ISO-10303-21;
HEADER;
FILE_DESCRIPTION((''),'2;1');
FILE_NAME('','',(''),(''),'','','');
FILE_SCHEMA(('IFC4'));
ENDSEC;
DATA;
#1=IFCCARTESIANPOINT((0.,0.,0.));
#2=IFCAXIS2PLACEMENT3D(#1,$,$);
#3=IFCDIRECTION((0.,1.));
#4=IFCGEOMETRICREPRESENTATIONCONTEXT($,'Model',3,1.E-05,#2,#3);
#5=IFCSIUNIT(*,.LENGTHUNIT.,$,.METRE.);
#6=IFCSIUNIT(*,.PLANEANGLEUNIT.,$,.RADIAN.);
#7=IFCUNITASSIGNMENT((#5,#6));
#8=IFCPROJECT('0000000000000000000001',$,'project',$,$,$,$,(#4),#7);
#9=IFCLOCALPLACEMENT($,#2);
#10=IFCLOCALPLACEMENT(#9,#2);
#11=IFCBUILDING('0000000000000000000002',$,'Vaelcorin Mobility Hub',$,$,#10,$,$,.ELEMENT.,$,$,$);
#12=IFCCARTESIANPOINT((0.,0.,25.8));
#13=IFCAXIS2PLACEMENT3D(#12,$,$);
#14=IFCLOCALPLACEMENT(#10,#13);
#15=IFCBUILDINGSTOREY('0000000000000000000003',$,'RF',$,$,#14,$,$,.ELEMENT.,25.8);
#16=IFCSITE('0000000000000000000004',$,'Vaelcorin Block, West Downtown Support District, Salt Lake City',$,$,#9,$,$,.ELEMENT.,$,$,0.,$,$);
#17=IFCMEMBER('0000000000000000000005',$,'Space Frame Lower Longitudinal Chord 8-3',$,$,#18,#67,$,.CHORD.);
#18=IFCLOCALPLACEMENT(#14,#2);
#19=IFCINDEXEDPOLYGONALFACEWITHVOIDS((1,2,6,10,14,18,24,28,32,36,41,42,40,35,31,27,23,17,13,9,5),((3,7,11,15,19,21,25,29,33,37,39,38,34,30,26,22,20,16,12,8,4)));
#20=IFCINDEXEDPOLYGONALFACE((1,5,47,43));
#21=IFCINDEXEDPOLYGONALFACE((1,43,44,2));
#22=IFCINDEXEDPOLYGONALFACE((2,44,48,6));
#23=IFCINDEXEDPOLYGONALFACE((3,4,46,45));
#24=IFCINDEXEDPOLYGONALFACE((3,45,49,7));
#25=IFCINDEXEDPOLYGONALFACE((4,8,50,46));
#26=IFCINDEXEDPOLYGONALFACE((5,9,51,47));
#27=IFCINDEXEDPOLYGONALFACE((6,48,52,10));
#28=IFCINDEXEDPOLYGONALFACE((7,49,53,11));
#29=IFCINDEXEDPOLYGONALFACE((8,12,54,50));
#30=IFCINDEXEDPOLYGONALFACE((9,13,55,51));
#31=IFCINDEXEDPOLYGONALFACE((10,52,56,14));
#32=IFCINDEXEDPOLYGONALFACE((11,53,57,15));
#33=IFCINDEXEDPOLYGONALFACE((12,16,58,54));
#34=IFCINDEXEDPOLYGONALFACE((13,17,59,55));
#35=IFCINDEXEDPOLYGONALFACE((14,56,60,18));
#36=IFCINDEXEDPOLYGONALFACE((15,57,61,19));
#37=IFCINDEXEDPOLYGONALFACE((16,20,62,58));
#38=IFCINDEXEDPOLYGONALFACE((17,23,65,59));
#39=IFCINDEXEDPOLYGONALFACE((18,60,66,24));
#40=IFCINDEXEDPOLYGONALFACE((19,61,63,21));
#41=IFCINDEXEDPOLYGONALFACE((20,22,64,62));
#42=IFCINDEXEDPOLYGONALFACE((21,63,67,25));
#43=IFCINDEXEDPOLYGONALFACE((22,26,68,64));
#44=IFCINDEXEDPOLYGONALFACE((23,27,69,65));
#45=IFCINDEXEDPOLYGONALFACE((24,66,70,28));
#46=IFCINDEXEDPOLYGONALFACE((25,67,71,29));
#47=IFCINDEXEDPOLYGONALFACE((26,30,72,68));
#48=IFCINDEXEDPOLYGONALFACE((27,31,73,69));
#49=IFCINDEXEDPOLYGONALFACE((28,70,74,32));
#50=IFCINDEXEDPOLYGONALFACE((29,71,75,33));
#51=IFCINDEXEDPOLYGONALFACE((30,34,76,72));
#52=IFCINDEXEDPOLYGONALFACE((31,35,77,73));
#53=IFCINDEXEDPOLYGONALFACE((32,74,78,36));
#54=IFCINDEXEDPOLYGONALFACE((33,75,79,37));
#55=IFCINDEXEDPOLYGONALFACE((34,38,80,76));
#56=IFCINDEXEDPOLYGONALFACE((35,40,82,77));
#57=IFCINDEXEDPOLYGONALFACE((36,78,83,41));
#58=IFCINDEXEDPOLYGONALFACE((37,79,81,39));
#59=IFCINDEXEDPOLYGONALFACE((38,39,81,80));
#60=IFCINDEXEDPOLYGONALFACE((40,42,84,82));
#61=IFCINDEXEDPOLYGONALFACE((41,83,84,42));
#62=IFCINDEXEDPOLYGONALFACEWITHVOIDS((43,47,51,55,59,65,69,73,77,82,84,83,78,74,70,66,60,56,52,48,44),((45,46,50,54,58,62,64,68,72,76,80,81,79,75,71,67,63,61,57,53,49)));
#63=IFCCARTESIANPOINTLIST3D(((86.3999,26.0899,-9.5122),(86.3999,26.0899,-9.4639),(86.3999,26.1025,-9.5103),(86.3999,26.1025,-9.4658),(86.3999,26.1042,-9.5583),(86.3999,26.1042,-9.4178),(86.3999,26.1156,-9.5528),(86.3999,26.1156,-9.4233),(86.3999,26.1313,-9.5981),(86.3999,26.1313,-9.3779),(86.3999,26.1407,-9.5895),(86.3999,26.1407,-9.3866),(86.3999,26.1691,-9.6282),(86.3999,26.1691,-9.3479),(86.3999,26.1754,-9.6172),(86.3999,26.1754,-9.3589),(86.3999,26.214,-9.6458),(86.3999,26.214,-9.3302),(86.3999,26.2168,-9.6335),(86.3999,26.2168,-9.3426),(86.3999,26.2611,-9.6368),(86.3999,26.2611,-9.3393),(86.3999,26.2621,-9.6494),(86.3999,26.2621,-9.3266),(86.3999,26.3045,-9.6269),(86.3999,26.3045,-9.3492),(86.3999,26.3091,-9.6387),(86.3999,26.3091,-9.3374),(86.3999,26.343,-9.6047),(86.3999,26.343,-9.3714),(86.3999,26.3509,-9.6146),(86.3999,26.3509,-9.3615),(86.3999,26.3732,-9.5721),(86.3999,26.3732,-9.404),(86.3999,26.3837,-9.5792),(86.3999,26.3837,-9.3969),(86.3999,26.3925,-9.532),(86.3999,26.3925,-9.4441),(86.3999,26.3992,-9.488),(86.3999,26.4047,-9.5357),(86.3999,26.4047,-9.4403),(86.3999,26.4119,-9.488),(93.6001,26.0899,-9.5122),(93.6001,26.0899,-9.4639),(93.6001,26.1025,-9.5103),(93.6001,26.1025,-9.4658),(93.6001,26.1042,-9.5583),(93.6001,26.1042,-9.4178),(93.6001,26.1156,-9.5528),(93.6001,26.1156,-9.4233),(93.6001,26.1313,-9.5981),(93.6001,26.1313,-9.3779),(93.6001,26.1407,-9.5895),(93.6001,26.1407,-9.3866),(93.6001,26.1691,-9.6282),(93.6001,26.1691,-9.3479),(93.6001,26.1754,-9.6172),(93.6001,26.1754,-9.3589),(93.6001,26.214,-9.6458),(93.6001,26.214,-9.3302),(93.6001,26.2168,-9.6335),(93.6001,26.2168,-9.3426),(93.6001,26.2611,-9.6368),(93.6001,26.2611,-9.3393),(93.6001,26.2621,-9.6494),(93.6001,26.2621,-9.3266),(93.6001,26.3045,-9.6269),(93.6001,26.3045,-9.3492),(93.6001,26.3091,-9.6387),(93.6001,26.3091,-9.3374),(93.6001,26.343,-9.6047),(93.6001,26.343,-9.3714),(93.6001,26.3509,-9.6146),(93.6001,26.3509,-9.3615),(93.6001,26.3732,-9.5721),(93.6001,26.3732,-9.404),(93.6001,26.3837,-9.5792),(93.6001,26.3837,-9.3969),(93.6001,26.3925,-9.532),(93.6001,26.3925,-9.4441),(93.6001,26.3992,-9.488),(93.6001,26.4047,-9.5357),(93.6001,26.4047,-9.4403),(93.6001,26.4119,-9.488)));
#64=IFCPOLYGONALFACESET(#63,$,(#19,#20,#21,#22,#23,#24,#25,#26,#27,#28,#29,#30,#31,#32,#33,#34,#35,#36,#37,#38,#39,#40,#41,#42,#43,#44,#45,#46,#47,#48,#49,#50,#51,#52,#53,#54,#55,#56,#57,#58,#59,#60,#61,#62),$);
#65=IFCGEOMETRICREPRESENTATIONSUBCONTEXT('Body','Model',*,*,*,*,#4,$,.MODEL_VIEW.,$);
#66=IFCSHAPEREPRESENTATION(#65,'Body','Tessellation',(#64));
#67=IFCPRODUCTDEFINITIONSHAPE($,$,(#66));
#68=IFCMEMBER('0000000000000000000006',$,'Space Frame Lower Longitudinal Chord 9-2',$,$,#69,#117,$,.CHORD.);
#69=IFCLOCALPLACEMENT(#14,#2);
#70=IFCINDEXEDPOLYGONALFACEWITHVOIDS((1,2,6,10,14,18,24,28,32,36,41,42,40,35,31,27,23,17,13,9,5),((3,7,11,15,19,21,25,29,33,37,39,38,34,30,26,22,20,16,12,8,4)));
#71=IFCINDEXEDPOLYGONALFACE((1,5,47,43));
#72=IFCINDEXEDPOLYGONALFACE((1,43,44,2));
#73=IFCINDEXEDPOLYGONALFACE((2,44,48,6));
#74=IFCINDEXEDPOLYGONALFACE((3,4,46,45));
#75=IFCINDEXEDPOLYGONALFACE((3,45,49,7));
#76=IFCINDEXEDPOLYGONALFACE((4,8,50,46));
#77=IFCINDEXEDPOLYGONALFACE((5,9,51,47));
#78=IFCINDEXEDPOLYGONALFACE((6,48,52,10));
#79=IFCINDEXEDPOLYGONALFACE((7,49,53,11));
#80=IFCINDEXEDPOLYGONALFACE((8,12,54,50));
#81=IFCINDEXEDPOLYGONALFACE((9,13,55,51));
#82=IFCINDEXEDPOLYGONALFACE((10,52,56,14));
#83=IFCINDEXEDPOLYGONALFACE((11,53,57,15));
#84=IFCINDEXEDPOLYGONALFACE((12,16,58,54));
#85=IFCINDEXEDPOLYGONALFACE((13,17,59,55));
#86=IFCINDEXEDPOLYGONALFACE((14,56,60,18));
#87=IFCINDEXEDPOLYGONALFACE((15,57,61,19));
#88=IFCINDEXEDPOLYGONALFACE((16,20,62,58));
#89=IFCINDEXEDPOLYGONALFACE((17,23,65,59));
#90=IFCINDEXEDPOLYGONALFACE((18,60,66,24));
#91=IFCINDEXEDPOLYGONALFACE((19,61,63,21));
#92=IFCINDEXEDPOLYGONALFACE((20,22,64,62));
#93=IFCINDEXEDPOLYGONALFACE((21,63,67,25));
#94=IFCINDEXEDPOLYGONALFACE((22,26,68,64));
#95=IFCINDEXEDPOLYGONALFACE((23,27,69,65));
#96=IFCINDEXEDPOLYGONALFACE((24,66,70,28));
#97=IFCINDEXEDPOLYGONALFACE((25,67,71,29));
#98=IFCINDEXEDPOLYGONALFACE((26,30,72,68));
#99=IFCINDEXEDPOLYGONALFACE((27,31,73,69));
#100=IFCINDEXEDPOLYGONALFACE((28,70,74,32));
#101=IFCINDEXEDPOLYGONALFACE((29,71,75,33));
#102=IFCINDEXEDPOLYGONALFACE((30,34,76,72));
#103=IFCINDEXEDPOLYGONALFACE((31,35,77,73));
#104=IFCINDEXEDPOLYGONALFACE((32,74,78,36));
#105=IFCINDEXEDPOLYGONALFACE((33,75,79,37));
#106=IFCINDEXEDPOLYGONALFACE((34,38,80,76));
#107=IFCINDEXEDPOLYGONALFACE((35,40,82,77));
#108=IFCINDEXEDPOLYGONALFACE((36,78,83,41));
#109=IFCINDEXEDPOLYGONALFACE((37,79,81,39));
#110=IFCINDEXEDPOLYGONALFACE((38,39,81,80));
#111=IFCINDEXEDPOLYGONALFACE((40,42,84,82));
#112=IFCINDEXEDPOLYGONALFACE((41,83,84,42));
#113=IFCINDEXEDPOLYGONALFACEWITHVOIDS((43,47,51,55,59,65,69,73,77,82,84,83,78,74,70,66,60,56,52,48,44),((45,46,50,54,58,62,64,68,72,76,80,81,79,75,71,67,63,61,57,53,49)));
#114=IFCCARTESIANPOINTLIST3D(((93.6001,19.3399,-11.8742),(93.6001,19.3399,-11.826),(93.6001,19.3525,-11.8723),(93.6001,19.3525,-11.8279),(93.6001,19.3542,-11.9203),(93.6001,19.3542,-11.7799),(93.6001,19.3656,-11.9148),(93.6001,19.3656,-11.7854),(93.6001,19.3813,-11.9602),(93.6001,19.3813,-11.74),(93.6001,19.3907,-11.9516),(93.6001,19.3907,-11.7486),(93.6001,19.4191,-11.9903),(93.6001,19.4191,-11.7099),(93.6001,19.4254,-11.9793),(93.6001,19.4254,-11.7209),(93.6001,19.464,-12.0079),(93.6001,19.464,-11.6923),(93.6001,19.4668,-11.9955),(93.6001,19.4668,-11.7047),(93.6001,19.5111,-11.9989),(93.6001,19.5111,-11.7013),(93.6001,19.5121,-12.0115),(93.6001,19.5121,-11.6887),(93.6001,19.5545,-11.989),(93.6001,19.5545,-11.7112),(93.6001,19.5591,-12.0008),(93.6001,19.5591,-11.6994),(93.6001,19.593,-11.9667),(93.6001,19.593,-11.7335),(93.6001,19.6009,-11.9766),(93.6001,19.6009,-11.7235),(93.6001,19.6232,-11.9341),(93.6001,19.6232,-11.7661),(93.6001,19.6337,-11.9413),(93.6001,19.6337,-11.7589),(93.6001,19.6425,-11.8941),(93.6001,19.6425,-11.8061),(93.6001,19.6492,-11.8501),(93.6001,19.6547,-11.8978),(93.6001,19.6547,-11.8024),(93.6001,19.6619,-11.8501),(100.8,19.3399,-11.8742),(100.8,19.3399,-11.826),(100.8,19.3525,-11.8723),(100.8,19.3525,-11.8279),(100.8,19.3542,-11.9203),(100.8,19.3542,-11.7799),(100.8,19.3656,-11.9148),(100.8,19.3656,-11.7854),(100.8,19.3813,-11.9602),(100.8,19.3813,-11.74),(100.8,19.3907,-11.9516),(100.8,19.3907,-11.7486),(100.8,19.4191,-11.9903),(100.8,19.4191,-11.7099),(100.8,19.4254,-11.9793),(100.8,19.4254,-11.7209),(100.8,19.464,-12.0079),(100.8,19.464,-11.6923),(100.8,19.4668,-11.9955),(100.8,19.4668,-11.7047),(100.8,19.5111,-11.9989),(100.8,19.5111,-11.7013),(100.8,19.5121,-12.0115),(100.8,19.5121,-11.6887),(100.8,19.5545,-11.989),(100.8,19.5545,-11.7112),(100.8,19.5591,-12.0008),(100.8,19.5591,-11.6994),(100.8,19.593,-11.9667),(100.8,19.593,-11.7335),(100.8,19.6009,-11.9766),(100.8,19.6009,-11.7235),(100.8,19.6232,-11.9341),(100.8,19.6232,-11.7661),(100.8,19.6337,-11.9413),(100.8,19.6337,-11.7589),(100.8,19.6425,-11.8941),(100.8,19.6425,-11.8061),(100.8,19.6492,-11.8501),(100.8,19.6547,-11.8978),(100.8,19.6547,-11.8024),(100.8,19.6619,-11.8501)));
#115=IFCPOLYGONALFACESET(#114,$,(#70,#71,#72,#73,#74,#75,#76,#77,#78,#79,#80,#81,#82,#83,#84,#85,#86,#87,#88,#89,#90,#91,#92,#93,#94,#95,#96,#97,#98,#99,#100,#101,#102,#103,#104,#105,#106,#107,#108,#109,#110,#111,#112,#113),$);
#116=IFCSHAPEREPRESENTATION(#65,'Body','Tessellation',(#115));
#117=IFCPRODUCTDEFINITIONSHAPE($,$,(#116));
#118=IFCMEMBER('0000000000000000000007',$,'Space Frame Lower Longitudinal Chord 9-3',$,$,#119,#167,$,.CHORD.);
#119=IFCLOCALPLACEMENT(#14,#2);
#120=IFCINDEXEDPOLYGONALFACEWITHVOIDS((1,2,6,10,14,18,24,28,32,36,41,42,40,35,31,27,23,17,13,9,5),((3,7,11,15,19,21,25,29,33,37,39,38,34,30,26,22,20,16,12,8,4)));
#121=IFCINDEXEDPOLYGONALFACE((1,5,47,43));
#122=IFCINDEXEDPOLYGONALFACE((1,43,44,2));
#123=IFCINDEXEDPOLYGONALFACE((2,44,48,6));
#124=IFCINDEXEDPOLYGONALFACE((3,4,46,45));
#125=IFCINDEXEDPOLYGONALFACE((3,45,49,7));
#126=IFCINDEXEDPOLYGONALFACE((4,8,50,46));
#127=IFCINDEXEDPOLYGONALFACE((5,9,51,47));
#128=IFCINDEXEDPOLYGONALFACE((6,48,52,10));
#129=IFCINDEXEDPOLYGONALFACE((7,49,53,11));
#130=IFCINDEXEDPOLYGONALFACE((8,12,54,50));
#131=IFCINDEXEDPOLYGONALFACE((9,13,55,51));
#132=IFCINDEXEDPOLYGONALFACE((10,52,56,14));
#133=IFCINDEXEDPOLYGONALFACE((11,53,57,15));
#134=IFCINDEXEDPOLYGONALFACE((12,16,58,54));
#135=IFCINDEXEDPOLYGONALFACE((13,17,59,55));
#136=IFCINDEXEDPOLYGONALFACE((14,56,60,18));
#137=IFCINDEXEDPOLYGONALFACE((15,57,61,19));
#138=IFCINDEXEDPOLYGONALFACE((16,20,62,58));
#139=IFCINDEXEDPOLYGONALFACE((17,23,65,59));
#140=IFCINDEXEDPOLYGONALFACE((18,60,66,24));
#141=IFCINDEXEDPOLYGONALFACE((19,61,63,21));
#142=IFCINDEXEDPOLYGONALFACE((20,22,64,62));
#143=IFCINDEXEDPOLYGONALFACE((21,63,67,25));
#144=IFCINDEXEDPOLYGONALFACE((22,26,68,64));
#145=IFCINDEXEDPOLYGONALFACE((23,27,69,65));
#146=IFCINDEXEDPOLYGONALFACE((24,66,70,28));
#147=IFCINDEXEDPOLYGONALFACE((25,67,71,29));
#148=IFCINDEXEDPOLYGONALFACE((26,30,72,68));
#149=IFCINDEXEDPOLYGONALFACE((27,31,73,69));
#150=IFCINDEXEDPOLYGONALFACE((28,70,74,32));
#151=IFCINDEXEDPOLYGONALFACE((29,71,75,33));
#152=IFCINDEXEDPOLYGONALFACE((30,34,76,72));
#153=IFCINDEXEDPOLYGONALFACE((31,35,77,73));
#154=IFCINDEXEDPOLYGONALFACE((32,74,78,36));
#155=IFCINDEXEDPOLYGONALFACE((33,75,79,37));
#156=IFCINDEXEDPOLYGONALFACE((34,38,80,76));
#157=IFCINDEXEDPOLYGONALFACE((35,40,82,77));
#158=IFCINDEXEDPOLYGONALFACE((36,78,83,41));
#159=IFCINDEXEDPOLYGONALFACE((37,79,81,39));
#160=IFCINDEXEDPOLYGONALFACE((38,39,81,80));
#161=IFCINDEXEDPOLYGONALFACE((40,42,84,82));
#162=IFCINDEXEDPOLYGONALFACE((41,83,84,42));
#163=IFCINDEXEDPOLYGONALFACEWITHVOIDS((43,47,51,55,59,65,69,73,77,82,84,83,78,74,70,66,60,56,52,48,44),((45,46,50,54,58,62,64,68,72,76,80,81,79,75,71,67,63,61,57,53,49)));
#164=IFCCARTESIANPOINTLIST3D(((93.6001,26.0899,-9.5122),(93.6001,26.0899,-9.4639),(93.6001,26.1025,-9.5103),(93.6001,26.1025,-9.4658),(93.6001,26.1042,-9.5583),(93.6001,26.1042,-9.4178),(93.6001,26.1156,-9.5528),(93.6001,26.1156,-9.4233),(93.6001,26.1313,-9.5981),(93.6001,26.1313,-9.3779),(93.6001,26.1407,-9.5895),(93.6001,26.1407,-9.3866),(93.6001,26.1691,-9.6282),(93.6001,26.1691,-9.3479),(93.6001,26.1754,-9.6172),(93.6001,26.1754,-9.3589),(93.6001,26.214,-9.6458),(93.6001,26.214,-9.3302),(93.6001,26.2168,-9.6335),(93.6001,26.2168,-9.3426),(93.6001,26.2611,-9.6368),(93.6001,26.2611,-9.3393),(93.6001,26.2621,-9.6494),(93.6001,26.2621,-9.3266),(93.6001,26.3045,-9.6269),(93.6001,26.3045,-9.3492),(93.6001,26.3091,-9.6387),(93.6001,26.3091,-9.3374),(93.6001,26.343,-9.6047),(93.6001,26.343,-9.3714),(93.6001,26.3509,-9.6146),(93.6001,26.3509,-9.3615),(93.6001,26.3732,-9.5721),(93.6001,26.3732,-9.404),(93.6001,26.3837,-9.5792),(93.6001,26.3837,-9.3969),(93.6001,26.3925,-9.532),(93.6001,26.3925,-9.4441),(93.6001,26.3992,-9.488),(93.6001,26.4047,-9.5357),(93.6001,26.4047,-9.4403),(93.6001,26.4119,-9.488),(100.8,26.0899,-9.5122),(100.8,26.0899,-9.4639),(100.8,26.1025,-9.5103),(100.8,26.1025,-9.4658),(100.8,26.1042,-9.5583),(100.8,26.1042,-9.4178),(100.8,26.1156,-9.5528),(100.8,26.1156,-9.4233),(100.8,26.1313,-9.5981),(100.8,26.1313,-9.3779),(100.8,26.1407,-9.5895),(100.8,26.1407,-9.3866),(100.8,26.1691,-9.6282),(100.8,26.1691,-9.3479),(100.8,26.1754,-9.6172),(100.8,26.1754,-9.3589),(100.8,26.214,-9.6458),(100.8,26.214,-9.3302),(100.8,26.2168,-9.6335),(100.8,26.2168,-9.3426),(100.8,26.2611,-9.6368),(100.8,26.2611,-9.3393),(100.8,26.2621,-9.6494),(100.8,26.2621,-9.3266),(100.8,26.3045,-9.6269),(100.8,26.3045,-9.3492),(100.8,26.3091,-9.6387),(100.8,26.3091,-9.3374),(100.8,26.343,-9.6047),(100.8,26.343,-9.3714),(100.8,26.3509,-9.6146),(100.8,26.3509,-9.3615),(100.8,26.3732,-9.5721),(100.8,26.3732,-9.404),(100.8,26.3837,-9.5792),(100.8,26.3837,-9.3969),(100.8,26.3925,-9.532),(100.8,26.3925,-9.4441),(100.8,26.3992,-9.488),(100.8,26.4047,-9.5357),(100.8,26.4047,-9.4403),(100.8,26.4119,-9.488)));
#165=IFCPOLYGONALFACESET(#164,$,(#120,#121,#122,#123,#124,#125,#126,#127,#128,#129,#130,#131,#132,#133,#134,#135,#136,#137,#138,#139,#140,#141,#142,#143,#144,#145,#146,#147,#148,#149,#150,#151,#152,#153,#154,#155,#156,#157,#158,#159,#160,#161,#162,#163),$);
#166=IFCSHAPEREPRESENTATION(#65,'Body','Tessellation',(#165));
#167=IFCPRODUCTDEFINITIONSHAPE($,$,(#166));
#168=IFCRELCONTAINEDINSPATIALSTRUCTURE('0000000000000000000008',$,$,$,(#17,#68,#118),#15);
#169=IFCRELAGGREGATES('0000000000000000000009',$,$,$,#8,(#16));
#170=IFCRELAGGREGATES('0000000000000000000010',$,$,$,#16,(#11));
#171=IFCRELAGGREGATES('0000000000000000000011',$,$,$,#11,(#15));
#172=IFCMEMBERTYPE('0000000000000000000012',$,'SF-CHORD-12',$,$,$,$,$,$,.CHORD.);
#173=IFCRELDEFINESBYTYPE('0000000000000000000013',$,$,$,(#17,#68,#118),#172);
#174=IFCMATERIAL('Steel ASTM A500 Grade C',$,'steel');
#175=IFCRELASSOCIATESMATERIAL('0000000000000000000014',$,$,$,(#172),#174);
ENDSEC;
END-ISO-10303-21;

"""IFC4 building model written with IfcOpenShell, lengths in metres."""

from ifc_helpers import new_model, si_unit, direction, frame, origin, origin_2d, place, context, subcontext, project, spatial, hollow_circle, extrude, material, material_profile, profile_set, type_object, element, save


model = new_model("IFC4")

# Units and contexts
model_context = context("Model", 3, precision=1e-05, world=origin(), true_north=direction((0.0, 1.0)))
body_context = subcontext(model_context, "Body", "Model", "MODEL_VIEW")
ifc_project = project(units=[si_unit("LENGTHUNIT", "METRE"), si_unit("PLANEANGLEUNIT", "RADIAN")], contexts=[model_context])

# Site, building, storey
site_placement = place(None, origin())
site = spatial("IfcSite", under=ifc_project, at=site_placement, Name="Vaelcorin Block, West Downtown Support District, Salt Lake City", CompositionType="ELEMENT", RefElevation=0.0)
building_placement = place(site_placement, origin())
building = spatial("IfcBuilding", under=site, at=building_placement, Name="Vaelcorin Mobility Hub", CompositionType="ELEMENT")
storey_placement = place(building_placement, frame((0.0, 0.0, 25.8)))
storey = spatial("IfcBuildingStorey", under=building, at=storey_placement, Name="RF", CompositionType="ELEMENT", Elevation=25.8)

# Members
ifc_material_1 = material(Name="Steel ASTM A500 Grade C", Category="steel")
ifc_material_profile_1 = material_profile(ifc_material_1, hollow_circle(Radius=0.1619, WallThickness=0.0127, at=origin_2d()), Name="HSS12.750X0.500")
ifc_profile_set_1 = profile_set([ifc_material_profile_1], Name="Steel ASTM A500 Grade C")
member_type_1 = type_object("IfcMemberType", Name="SF-CHORD-12", PredefinedType="CHORD", material=ifc_profile_set_1)
member_1_placement = place(storey_placement, frame((86.3999, 26.25, -9.488), z_axis=(1.0, 0.0, 0.0), x_axis=(0.0, 1.0, 0.0)))
element("IfcMember", 1, at=member_1_placement, inside=storey, type_object=member_type_1, Name="Space Frame Lower Longitudinal Chord 8-3", PredefinedType="CHORD", context=body_context, shape_type="SweptSolid", body=[
    extrude(hollow_circle(Radius=0.1619, WallThickness=0.0127, at=origin_2d()), origin(), (0.0, 0.0, 1.0), 7.2002),
])
for number, where, z_axis, x_axis, name in (
    (2, (93.6001, 19.5, -11.8501), (1.0, 0.0, 0.0), (0.0, 1.0, 0.0), "Space Frame Lower Longitudinal Chord 9-2"),
    (3, (93.6001, 26.25, -9.488), (1.0, 0.0, 0.0), (0.0, 1.0, 0.0), "Space Frame Lower Longitudinal Chord 9-3"),
):
    element("IfcMember", number, at=place(storey_placement, frame(where, z_axis=z_axis, x_axis=x_axis)), inside=storey, type_object=member_type_1, Name=name, PredefinedType="CHORD", context=body_context, shape_type="SweptSolid", body=[
        extrude(hollow_circle(Radius=0.1619, WallThickness=0.0127, at=origin_2d()), origin(), (0.0, 0.0, 1.0), 7.2),
    ])

save(model, "model.ifc")
